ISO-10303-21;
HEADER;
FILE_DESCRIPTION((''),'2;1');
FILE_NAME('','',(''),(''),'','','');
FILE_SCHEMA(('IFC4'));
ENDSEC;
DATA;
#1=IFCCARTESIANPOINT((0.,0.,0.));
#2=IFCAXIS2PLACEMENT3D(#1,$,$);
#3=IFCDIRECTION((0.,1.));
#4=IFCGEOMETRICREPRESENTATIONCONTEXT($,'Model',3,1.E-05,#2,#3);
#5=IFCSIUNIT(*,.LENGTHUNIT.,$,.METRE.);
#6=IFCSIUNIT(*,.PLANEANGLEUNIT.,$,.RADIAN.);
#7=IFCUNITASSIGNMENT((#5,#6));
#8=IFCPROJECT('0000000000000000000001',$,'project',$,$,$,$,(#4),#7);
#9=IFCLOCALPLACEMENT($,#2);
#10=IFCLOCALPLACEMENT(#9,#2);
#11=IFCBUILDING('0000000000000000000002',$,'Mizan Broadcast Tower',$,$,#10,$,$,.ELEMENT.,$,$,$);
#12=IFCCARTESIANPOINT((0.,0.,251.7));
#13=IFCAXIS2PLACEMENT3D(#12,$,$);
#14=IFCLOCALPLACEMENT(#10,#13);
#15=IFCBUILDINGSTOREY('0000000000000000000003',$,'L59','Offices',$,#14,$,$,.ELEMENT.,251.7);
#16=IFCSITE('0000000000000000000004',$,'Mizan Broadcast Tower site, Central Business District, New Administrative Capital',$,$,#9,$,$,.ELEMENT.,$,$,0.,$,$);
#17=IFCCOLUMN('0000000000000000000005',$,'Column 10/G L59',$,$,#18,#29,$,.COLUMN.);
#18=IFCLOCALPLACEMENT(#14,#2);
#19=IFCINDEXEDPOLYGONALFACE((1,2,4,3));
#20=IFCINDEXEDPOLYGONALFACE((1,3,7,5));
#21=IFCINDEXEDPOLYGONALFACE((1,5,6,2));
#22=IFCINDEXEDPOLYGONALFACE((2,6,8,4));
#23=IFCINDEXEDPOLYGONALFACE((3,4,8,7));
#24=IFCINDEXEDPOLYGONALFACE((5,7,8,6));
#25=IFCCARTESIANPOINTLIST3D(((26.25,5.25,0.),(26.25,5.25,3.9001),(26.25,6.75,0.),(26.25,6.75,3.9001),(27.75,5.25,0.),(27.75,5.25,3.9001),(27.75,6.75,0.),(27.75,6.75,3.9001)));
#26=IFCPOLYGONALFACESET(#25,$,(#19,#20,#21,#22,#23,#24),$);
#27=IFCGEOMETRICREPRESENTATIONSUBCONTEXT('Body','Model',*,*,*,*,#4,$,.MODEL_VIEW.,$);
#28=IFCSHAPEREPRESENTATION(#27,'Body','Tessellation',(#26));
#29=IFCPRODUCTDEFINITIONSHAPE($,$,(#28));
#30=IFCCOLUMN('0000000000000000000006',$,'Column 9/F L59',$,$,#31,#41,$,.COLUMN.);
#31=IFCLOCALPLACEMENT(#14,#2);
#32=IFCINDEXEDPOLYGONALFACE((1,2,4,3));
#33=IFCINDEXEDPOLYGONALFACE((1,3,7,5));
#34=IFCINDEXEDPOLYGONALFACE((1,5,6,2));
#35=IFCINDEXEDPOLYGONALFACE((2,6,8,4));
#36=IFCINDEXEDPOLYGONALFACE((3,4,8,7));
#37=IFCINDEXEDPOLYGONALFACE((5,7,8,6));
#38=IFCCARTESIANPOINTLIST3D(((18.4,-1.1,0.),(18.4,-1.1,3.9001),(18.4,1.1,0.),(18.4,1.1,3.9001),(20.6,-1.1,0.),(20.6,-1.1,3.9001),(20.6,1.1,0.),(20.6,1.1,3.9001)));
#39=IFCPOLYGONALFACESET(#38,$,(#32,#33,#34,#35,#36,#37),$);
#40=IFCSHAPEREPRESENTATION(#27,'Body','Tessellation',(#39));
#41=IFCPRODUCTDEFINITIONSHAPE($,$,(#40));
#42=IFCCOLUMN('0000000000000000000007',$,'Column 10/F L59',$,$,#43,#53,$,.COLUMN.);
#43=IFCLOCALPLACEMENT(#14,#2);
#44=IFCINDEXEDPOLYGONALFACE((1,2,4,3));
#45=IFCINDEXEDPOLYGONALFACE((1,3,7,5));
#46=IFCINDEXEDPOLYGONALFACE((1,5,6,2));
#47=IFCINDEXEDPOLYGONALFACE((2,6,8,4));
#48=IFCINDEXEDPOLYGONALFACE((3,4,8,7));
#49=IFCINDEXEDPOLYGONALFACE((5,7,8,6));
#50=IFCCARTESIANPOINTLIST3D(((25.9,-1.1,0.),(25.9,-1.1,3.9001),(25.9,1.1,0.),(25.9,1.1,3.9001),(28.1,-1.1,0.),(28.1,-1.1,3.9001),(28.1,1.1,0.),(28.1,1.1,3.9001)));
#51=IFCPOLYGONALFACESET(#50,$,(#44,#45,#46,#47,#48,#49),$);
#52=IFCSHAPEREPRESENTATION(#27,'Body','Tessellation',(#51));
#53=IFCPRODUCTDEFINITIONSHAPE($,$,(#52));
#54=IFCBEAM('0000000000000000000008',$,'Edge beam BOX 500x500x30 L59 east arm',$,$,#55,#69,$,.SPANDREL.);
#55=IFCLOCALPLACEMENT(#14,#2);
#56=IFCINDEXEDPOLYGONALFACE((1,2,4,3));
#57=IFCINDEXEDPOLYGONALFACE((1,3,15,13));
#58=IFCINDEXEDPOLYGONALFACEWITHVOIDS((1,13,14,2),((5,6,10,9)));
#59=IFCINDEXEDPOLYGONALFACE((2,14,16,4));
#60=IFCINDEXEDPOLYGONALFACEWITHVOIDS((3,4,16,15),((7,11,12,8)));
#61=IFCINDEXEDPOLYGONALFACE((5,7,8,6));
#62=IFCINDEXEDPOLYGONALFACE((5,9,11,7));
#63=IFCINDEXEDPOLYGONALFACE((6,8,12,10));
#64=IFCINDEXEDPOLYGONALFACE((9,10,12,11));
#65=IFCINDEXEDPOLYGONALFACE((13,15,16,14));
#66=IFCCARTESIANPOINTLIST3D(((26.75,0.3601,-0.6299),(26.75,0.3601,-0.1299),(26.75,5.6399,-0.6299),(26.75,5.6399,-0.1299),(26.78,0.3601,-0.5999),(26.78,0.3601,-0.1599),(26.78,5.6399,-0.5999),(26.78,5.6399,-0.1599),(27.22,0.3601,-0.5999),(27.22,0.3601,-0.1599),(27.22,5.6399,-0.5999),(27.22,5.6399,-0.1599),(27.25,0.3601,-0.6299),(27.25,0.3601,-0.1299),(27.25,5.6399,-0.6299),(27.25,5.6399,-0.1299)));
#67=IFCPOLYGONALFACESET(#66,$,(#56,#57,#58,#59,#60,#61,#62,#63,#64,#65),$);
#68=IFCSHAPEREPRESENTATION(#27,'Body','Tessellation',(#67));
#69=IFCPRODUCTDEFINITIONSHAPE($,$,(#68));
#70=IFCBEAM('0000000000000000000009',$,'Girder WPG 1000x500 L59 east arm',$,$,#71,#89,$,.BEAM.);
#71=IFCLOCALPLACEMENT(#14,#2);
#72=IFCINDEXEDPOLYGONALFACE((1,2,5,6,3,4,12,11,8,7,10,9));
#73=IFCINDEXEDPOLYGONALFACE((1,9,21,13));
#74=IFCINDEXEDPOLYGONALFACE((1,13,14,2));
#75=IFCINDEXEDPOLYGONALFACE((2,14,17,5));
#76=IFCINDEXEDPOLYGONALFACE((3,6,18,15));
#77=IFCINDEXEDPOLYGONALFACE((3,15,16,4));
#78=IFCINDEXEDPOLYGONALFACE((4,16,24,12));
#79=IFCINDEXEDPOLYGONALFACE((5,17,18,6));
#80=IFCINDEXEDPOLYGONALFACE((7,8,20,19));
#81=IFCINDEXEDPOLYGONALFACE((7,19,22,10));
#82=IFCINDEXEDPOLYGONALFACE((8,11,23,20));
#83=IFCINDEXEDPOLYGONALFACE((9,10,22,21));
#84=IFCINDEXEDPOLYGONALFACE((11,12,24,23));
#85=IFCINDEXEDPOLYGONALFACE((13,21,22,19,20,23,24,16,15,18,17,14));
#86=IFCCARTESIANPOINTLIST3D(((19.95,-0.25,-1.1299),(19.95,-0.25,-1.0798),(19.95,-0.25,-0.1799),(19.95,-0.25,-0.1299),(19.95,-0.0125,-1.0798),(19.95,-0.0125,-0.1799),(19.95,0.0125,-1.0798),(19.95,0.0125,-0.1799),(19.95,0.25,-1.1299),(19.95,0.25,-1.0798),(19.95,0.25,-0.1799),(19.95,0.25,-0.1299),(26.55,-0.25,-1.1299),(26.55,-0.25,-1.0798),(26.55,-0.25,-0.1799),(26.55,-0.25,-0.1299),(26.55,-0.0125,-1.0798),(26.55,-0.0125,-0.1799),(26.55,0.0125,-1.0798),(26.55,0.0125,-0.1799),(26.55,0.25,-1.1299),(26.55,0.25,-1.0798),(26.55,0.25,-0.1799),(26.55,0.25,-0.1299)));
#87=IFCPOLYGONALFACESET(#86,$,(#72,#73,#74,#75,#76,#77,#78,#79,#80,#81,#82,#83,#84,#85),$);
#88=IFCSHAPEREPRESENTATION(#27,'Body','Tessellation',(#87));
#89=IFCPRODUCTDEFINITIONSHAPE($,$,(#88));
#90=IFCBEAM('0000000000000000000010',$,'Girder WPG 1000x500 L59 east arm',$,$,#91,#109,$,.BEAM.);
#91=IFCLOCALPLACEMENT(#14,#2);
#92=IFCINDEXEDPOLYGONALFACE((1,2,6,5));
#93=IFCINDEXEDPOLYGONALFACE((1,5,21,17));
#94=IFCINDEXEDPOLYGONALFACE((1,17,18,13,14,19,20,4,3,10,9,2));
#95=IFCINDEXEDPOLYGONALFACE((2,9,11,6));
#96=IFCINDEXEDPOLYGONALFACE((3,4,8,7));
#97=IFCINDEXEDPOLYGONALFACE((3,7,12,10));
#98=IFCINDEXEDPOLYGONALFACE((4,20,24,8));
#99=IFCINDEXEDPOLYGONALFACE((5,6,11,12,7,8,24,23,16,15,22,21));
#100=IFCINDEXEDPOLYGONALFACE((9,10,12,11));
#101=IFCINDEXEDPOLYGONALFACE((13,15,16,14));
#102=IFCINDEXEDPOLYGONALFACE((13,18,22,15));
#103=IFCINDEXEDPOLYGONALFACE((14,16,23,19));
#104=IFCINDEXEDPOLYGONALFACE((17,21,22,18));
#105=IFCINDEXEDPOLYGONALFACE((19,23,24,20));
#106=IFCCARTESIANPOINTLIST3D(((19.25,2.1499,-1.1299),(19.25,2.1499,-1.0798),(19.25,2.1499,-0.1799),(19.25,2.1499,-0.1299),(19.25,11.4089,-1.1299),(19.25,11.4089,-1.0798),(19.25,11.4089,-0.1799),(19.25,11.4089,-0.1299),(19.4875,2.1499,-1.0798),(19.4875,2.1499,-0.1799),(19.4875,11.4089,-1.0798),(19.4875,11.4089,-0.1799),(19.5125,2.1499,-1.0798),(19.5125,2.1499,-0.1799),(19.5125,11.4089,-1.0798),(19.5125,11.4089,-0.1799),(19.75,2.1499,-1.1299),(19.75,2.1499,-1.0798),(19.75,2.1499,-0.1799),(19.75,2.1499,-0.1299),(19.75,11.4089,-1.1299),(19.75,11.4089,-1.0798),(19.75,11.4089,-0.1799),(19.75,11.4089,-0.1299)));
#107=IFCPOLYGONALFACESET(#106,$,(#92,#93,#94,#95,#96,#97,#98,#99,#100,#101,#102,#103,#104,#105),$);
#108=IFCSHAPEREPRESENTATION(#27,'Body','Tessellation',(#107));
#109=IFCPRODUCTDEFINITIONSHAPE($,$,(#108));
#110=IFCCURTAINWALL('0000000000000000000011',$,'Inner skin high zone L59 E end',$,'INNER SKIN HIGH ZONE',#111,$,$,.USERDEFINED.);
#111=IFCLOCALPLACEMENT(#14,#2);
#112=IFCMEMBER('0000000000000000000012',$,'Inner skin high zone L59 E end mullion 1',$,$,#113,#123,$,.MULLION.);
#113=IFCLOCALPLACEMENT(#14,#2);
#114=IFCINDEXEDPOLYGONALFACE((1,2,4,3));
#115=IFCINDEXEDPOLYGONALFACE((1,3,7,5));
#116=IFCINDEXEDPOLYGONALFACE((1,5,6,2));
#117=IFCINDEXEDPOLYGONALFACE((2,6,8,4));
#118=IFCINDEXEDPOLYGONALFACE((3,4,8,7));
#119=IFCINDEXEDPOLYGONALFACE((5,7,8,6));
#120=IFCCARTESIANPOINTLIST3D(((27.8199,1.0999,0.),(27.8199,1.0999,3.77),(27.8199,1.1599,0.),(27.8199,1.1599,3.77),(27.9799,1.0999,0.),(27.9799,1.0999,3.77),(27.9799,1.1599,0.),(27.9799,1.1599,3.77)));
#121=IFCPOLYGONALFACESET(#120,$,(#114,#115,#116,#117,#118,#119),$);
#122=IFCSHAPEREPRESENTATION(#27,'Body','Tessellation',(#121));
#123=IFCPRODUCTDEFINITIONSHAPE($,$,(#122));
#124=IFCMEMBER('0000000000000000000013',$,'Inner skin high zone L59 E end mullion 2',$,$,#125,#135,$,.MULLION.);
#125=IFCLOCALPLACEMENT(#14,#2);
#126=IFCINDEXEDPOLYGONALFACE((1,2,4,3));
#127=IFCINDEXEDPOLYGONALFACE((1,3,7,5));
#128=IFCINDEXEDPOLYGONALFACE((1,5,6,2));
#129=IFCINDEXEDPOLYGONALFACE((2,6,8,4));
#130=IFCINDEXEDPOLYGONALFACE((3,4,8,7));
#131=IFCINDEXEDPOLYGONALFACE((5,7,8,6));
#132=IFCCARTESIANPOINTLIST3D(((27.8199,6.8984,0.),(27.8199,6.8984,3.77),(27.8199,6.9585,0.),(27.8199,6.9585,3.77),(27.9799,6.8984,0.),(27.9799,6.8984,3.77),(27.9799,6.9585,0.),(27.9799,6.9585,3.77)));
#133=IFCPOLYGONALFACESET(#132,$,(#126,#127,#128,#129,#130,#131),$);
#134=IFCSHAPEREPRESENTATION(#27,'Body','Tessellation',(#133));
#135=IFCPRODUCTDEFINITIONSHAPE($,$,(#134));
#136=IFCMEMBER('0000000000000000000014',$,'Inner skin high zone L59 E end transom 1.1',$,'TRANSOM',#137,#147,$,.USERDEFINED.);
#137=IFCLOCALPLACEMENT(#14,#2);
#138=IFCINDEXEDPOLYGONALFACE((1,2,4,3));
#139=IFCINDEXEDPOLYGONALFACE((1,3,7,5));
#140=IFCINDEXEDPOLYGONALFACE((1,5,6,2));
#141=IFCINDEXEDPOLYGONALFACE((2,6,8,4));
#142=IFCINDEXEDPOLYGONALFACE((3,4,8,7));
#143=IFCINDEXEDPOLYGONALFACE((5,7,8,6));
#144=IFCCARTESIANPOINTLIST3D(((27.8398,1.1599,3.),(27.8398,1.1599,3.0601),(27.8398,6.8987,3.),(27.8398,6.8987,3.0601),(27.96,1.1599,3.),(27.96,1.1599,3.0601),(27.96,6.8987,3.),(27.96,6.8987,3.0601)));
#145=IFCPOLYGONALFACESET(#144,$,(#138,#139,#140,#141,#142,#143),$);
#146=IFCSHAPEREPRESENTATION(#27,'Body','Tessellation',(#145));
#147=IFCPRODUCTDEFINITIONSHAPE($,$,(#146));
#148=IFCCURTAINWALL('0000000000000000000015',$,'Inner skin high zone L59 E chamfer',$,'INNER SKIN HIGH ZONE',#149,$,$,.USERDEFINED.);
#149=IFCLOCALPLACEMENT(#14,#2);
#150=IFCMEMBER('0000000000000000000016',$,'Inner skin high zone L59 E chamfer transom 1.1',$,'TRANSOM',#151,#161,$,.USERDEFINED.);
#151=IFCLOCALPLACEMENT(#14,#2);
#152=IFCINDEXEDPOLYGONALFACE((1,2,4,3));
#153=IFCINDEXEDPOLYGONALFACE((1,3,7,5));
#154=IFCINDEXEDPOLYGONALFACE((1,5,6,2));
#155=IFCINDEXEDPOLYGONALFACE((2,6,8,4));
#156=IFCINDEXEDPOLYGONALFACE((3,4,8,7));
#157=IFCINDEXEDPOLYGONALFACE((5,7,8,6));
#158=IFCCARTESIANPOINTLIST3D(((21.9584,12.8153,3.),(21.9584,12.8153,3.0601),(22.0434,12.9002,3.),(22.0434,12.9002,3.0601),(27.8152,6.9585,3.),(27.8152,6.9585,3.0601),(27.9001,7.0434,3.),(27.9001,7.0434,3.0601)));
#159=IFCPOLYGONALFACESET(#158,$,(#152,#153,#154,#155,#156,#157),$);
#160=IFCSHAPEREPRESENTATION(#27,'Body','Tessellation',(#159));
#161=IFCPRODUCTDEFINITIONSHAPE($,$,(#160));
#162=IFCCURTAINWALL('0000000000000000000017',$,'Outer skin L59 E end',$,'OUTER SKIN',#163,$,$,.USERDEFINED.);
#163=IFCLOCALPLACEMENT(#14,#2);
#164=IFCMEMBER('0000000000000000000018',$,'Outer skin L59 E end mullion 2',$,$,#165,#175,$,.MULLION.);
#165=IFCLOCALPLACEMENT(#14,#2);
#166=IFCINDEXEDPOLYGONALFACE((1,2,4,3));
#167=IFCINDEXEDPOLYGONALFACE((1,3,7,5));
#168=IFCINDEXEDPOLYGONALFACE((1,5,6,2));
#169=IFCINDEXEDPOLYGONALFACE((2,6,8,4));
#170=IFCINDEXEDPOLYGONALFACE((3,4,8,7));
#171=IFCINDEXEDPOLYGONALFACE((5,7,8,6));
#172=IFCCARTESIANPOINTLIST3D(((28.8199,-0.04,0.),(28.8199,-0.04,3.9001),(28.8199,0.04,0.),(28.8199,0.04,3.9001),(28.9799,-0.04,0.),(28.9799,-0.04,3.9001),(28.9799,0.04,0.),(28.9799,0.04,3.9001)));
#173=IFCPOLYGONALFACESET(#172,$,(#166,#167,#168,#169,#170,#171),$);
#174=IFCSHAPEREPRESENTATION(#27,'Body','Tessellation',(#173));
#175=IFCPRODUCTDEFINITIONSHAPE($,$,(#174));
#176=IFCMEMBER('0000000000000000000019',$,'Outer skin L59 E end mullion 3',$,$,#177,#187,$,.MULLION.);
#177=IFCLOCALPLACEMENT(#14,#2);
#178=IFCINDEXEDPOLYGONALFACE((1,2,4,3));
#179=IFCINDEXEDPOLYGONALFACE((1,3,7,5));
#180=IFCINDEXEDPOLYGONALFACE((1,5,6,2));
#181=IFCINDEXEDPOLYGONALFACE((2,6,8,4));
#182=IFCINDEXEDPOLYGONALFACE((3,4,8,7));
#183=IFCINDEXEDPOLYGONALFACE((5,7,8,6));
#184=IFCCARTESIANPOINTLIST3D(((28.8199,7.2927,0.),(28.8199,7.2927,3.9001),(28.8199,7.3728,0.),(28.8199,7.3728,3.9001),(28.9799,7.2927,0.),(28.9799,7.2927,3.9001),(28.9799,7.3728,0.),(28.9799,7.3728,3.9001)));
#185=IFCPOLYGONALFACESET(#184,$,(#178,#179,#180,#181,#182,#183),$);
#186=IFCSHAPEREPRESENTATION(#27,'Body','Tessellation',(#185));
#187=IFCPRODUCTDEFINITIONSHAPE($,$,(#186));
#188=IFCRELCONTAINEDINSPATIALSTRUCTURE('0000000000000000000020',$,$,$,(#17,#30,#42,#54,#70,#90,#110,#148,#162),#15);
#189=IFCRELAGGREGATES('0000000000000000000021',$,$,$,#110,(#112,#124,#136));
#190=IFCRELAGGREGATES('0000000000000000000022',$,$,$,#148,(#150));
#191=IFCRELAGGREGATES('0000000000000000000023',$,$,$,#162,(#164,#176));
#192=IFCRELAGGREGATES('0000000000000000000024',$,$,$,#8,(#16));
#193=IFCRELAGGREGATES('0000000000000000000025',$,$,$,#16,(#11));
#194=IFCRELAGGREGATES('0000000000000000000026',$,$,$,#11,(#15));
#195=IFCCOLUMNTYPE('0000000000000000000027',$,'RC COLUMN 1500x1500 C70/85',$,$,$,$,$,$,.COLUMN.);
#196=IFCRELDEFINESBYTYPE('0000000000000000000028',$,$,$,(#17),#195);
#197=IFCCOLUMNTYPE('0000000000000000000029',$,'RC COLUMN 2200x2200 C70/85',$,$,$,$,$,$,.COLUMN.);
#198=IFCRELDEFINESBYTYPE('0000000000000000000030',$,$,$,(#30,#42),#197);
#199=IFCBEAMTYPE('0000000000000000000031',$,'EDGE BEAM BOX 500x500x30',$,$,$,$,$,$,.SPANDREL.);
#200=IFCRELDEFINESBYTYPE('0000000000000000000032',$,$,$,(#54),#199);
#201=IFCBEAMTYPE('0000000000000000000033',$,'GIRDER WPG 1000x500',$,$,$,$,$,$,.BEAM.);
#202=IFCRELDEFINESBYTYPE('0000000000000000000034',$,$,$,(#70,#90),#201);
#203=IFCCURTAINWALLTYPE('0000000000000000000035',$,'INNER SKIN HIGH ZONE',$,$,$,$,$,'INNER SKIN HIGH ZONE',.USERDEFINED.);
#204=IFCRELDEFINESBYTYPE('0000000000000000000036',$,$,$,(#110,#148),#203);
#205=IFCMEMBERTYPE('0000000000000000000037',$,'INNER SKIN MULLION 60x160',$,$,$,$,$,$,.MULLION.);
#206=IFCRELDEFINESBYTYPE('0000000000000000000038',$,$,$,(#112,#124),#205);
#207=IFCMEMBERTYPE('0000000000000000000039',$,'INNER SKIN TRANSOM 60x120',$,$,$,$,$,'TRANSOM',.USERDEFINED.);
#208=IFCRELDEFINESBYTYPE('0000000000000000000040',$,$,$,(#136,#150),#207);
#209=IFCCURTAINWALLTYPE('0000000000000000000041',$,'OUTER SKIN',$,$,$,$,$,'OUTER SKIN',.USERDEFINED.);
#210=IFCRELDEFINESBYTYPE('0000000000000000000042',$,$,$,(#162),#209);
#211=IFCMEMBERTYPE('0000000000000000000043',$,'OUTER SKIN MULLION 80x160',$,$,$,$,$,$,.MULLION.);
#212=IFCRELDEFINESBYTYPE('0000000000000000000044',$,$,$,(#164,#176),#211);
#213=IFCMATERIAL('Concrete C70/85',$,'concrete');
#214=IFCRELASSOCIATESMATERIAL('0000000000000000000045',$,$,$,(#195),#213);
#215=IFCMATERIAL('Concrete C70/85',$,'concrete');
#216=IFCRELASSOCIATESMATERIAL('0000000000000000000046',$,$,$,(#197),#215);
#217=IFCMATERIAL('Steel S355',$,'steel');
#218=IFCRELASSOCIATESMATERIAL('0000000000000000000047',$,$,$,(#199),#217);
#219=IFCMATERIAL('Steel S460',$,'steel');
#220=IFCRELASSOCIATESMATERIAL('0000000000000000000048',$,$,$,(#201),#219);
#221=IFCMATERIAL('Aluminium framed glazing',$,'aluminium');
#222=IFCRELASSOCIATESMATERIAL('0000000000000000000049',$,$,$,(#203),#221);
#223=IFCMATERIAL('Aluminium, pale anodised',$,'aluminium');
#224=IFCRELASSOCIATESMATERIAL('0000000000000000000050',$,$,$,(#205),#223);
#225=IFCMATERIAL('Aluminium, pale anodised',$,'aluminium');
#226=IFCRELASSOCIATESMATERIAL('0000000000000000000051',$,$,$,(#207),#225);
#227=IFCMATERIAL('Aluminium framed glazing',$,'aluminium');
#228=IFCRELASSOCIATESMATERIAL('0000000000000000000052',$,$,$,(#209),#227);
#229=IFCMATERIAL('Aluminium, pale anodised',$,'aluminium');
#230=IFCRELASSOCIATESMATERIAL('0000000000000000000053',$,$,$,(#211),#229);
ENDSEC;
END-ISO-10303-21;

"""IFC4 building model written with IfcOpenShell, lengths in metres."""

from ifc_helpers import new_model, si_unit, direction, frame, origin, origin_2d, place, context, subcontext, project, spatial, rectangle, hollow_rectangle, i_section, extrude, material, material_profile, profile_set, type_object, element, aggregate, save


model = new_model("IFC4")

# Units and contexts
model_context = context("Model", 3, precision=1e-05, world=origin(), true_north=direction((0.0, 1.0)))
body_context = subcontext(model_context, "Body", "Model", "MODEL_VIEW")
ifc_project = project(units=[si_unit("LENGTHUNIT", "METRE"), si_unit("PLANEANGLEUNIT", "RADIAN")], contexts=[model_context])

# Site, building, storey
site_placement = place(None, origin())
site = spatial("IfcSite", under=ifc_project, at=site_placement, Name="Mizan Broadcast Tower site, Central Business District, New Administrative Capital", CompositionType="ELEMENT", RefElevation=0.0)
building_placement = place(site_placement, origin())
building = spatial("IfcBuilding", under=site, at=building_placement, Name="Mizan Broadcast Tower", CompositionType="ELEMENT")
storey_placement = place(building_placement, frame((0.0, 0.0, 251.7)))
storey = spatial("IfcBuildingStorey", under=building, at=storey_placement, Name="L59", Description="Offices", CompositionType="ELEMENT", Elevation=251.7)

# Columns
ifc_material_1 = material(Name="Concrete C70/85", Category="concrete")
ifc_material_profile_1 = material_profile(ifc_material_1, rectangle(XDim=1.5, YDim=1.5, at=origin_2d()), Name="RC 1500x1500")
ifc_profile_set_1 = profile_set([ifc_material_profile_1], Name="Concrete C70/85")
column_type_1 = type_object("IfcColumnType", Name="RC COLUMN 1500x1500 C70/85", PredefinedType="COLUMN", material=ifc_profile_set_1)
column_placement = place(storey_placement, frame((27.0, 6.0, 0.0), z_axis=(0.0, 0.0, 1.0), x_axis=(1.0, 0.0, 0.0)))
element("IfcColumn", 1, at=column_placement, inside=storey, type_object=column_type_1, Name="Column 10/G L59", PredefinedType="COLUMN", context=body_context, shape_type="SweptSolid", body=[
    extrude(rectangle(XDim=1.5, YDim=1.5, at=origin_2d()), origin(), (0.0, 0.0, 1.0), 3.9001),
])
ifc_material_2 = material(Name="Concrete C70/85", Category="concrete")
ifc_material_profile_2 = material_profile(ifc_material_2, rectangle(XDim=2.2, YDim=2.2, at=origin_2d()), Name="RC 2200x2200")
ifc_profile_set_2 = profile_set([ifc_material_profile_2], Name="Concrete C70/85")
column_type_2 = type_object("IfcColumnType", Name="RC COLUMN 2200x2200 C70/85", PredefinedType="COLUMN", material=ifc_profile_set_2)
for number, where, z_axis, x_axis, name in (
    (2, (19.5, 0.0, 0.0), (0.0, 0.0, 1.0), (1.0, 0.0, 0.0), "Column 9/F L59"),
    (3, (27.0, 0.0, 0.0), (0.0, 0.0, 1.0), (1.0, 0.0, 0.0), "Column 10/F L59"),
):
    element("IfcColumn", number, at=place(storey_placement, frame(where, z_axis=z_axis, x_axis=x_axis)), inside=storey, type_object=column_type_2, Name=name, PredefinedType="COLUMN", context=body_context, shape_type="SweptSolid", body=[
        extrude(rectangle(XDim=2.2, YDim=2.2, at=origin_2d()), origin(), (0.0, 0.0, 1.0), 3.9001),
    ])

# Beams
ifc_material_3 = material(Name="Steel S355", Category="steel")
ifc_material_profile_3 = material_profile(ifc_material_3, hollow_rectangle(XDim=0.5, YDim=0.5, WallThickness=0.03, at=origin_2d()), Name="BOX 500x500x30")
ifc_profile_set_3 = profile_set([ifc_material_profile_3], Name="Steel S355")
beam_type_1 = type_object("IfcBeamType", Name="EDGE BEAM BOX 500x500x30", PredefinedType="SPANDREL", material=ifc_profile_set_3)
beam_1_placement = place(storey_placement, frame((27.0, 5.6399, -0.3799), z_axis=(0.0, -1.0, 0.0), x_axis=(1.0, 0.0, 0.0)))
element("IfcBeam", 4, at=beam_1_placement, inside=storey, type_object=beam_type_1, Name="Edge beam BOX 500x500x30 L59 east arm", PredefinedType="SPANDREL", context=body_context, shape_type="SweptSolid", body=[
    extrude(hollow_rectangle(XDim=0.5, YDim=0.5, WallThickness=0.03, at=origin_2d()), origin(), (0.0, 0.0, 1.0), 5.2798),
])
ifc_material_4 = material(Name="Steel S460", Category="steel")
ifc_material_profile_4 = material_profile(ifc_material_4, i_section(OverallWidth=0.5, OverallDepth=1.0, WebThickness=0.0249, FlangeThickness=0.05, at=origin_2d()), Name="WPG 1000x500")
ifc_profile_set_4 = profile_set([ifc_material_profile_4], Name="Steel S460")
beam_type_2 = type_object("IfcBeamType", Name="GIRDER WPG 1000x500", PredefinedType="BEAM", material=ifc_profile_set_4)
beam_2_placement = place(storey_placement, frame((19.95, 0.0, -0.6299), z_axis=(1.0, 0.0, 0.0), x_axis=(0.0, 1.0, 0.0)))
element("IfcBeam", 5, at=beam_2_placement, inside=storey, type_object=beam_type_2, Name="Girder WPG 1000x500 L59 east arm", PredefinedType="BEAM", context=body_context, shape_type="SweptSolid", body=[
    extrude(i_section(OverallWidth=0.5, OverallDepth=1.0, WebThickness=0.0249, FlangeThickness=0.05, at=origin_2d()), origin(), (0.0, 0.0, 1.0), 6.6001),
])
beam_3_placement = place(storey_placement, frame((19.5, 11.4089, -0.6299), z_axis=(0.0, -1.0, 0.0), x_axis=(1.0, 0.0, 0.0)))
element("IfcBeam", 6, at=beam_3_placement, inside=storey, type_object=beam_type_2, Name="Girder WPG 1000x500 L59 east arm", PredefinedType="BEAM", context=body_context, shape_type="SweptSolid", body=[
    extrude(i_section(OverallWidth=0.5, OverallDepth=1.0, WebThickness=0.0249, FlangeThickness=0.05, at=origin_2d()), origin(), (0.0, 0.0, 1.0), 9.259),
])

# Curtain wall, members
ifc_material_5 = material(Name="Aluminium framed glazing", Category="aluminium")
curtain_wall_type_1 = type_object("IfcCurtainWallType", Name="INNER SKIN HIGH ZONE", ElementType="INNER SKIN HIGH ZONE", PredefinedType="USERDEFINED", material=ifc_material_5)
curtain_wall_1_placement = place(storey_placement, origin())
curtain_wall_1 = element("IfcCurtainWall", 7, at=curtain_wall_1_placement, inside=storey, type_object=curtain_wall_type_1, Name="Inner skin high zone L59 E end", ObjectType="INNER SKIN HIGH ZONE", PredefinedType="USERDEFINED")
ifc_material_6 = material(Name="Aluminium, pale anodised", Category="aluminium")
ifc_material_profile_5 = material_profile(ifc_material_6, rectangle(XDim=0.1599, YDim=0.0601, at=origin_2d()), Name="MULLION 160x60")
ifc_profile_set_5 = profile_set([ifc_material_profile_5], Name="Aluminium, pale anodised")
member_type_1 = type_object("IfcMemberType", Name="INNER SKIN MULLION 60x160", PredefinedType="MULLION", material=ifc_profile_set_5)
member_1_placement = place(storey_placement, frame((27.8999, 1.1299, 0.0), z_axis=(0.0, 0.0, 1.0), x_axis=(-1.0, 0.0, 0.0)))
member_1 = element("IfcMember", 8, at=member_1_placement, type_object=member_type_1, Name="Inner skin high zone L59 E end mullion 1", PredefinedType="MULLION", context=body_context, shape_type="SweptSolid", body=[
    extrude(rectangle(XDim=0.1599, YDim=0.0601, at=origin_2d()), origin(), (0.0, 0.0, 1.0), 3.77),
])
member_2_placement = place(storey_placement, frame((27.8999, 6.9285, 0.0), z_axis=(0.0, 0.0, 1.0), x_axis=(-1.0, 0.0, 0.0)))
member_2 = element("IfcMember", 9, at=member_2_placement, type_object=member_type_1, Name="Inner skin high zone L59 E end mullion 2", PredefinedType="MULLION", context=body_context, shape_type="SweptSolid", body=[
    extrude(rectangle(XDim=0.1599, YDim=0.0601, at=origin_2d()), origin(), (0.0, 0.0, 1.0), 3.77),
])
ifc_material_7 = material(Name="Aluminium, pale anodised", Category="aluminium")
ifc_material_profile_6 = material_profile(ifc_material_7, rectangle(XDim=0.1201, YDim=0.0601, at=origin_2d()), Name="TRANSOM 120x60")
ifc_profile_set_6 = profile_set([ifc_material_profile_6], Name="Aluminium, pale anodised")
member_type_2 = type_object("IfcMemberType", Name="INNER SKIN TRANSOM 60x120", ElementType="TRANSOM", PredefinedType="USERDEFINED", material=ifc_profile_set_6)
member_3_placement = place(storey_placement, frame((27.8999, 1.1599, 3.03), z_axis=(0.0, 1.0, 0.0), x_axis=(-1.0, 0.0, 0.0)))
member_3 = element("IfcMember", 10, at=member_3_placement, type_object=member_type_2, Name="Inner skin high zone L59 E end transom 1.1", ObjectType="TRANSOM", PredefinedType="USERDEFINED", context=body_context, shape_type="SweptSolid", body=[
    extrude(rectangle(XDim=0.1201, YDim=0.0601, at=origin_2d()), origin(), (0.0, 0.0, 1.0), 5.7388),
])

# Curtain wall, member
curtain_wall_2_placement = place(storey_placement, origin())
curtain_wall_2 = element("IfcCurtainWall", 11, at=curtain_wall_2_placement, inside=storey, type_object=curtain_wall_type_1, Name="Inner skin high zone L59 E chamfer", ObjectType="INNER SKIN HIGH ZONE", PredefinedType="USERDEFINED")
member_4_placement = place(storey_placement, frame((27.8577, 7.001, 3.03), z_axis=(-0.707107, 0.707107, 0.0), x_axis=(-0.707107, -0.707107, 0.0)))
member_4 = element("IfcMember", 12, at=member_4_placement, type_object=member_type_2, Name="Inner skin high zone L59 E chamfer transom 1.1", ObjectType="TRANSOM", PredefinedType="USERDEFINED", context=body_context, shape_type="SweptSolid", body=[
    extrude(rectangle(XDim=0.1201, YDim=0.0601, at=origin_2d()), origin(), (0.0, 0.0, 1.0), 8.2827),
])

# Curtain wall, members
ifc_material_8 = material(Name="Aluminium framed glazing", Category="aluminium")
curtain_wall_type_2 = type_object("IfcCurtainWallType", Name="OUTER SKIN", ElementType="OUTER SKIN", PredefinedType="USERDEFINED", material=ifc_material_8)
curtain_wall_3_placement = place(storey_placement, origin())
curtain_wall_3 = element("IfcCurtainWall", 13, at=curtain_wall_3_placement, inside=storey, type_object=curtain_wall_type_2, Name="Outer skin L59 E end", ObjectType="OUTER SKIN", PredefinedType="USERDEFINED")
ifc_material_9 = material(Name="Aluminium, pale anodised", Category="aluminium")
ifc_material_profile_7 = material_profile(ifc_material_9, rectangle(XDim=0.1599, YDim=0.0801, at=origin_2d()), Name="MULLION 160x80")
ifc_profile_set_7 = profile_set([ifc_material_profile_7], Name="Aluminium, pale anodised")
member_type_3 = type_object("IfcMemberType", Name="OUTER SKIN MULLION 80x160", PredefinedType="MULLION", material=ifc_profile_set_7)
member_5_placement = place(storey_placement, frame((28.8999, 0.0, 0.0), z_axis=(0.0, 0.0, 1.0), x_axis=(-1.0, 0.0, 0.0)))
member_5 = element("IfcMember", 14, at=member_5_placement, type_object=member_type_3, Name="Outer skin L59 E end mullion 2", PredefinedType="MULLION", context=body_context, shape_type="SweptSolid", body=[
    extrude(rectangle(XDim=0.1599, YDim=0.0801, at=origin_2d()), origin(), (0.0, 0.0, 1.0), 3.9001),
])
member_6_placement = place(storey_placement, frame((28.8999, 7.3328, 0.0), z_axis=(0.0, 0.0, 1.0), x_axis=(-1.0, 0.0, 0.0)))
member_6 = element("IfcMember", 15, at=member_6_placement, type_object=member_type_3, Name="Outer skin L59 E end mullion 3", PredefinedType="MULLION", context=body_context, shape_type="SweptSolid", body=[
    extrude(rectangle(XDim=0.1599, YDim=0.0801, at=origin_2d()), origin(), (0.0, 0.0, 1.0), 3.9001),
])

aggregate(curtain_wall_1, [member_1, member_2, member_3])
aggregate(curtain_wall_2, [member_4])
aggregate(curtain_wall_3, [member_5, member_6])

save(model, "model.ifc")
